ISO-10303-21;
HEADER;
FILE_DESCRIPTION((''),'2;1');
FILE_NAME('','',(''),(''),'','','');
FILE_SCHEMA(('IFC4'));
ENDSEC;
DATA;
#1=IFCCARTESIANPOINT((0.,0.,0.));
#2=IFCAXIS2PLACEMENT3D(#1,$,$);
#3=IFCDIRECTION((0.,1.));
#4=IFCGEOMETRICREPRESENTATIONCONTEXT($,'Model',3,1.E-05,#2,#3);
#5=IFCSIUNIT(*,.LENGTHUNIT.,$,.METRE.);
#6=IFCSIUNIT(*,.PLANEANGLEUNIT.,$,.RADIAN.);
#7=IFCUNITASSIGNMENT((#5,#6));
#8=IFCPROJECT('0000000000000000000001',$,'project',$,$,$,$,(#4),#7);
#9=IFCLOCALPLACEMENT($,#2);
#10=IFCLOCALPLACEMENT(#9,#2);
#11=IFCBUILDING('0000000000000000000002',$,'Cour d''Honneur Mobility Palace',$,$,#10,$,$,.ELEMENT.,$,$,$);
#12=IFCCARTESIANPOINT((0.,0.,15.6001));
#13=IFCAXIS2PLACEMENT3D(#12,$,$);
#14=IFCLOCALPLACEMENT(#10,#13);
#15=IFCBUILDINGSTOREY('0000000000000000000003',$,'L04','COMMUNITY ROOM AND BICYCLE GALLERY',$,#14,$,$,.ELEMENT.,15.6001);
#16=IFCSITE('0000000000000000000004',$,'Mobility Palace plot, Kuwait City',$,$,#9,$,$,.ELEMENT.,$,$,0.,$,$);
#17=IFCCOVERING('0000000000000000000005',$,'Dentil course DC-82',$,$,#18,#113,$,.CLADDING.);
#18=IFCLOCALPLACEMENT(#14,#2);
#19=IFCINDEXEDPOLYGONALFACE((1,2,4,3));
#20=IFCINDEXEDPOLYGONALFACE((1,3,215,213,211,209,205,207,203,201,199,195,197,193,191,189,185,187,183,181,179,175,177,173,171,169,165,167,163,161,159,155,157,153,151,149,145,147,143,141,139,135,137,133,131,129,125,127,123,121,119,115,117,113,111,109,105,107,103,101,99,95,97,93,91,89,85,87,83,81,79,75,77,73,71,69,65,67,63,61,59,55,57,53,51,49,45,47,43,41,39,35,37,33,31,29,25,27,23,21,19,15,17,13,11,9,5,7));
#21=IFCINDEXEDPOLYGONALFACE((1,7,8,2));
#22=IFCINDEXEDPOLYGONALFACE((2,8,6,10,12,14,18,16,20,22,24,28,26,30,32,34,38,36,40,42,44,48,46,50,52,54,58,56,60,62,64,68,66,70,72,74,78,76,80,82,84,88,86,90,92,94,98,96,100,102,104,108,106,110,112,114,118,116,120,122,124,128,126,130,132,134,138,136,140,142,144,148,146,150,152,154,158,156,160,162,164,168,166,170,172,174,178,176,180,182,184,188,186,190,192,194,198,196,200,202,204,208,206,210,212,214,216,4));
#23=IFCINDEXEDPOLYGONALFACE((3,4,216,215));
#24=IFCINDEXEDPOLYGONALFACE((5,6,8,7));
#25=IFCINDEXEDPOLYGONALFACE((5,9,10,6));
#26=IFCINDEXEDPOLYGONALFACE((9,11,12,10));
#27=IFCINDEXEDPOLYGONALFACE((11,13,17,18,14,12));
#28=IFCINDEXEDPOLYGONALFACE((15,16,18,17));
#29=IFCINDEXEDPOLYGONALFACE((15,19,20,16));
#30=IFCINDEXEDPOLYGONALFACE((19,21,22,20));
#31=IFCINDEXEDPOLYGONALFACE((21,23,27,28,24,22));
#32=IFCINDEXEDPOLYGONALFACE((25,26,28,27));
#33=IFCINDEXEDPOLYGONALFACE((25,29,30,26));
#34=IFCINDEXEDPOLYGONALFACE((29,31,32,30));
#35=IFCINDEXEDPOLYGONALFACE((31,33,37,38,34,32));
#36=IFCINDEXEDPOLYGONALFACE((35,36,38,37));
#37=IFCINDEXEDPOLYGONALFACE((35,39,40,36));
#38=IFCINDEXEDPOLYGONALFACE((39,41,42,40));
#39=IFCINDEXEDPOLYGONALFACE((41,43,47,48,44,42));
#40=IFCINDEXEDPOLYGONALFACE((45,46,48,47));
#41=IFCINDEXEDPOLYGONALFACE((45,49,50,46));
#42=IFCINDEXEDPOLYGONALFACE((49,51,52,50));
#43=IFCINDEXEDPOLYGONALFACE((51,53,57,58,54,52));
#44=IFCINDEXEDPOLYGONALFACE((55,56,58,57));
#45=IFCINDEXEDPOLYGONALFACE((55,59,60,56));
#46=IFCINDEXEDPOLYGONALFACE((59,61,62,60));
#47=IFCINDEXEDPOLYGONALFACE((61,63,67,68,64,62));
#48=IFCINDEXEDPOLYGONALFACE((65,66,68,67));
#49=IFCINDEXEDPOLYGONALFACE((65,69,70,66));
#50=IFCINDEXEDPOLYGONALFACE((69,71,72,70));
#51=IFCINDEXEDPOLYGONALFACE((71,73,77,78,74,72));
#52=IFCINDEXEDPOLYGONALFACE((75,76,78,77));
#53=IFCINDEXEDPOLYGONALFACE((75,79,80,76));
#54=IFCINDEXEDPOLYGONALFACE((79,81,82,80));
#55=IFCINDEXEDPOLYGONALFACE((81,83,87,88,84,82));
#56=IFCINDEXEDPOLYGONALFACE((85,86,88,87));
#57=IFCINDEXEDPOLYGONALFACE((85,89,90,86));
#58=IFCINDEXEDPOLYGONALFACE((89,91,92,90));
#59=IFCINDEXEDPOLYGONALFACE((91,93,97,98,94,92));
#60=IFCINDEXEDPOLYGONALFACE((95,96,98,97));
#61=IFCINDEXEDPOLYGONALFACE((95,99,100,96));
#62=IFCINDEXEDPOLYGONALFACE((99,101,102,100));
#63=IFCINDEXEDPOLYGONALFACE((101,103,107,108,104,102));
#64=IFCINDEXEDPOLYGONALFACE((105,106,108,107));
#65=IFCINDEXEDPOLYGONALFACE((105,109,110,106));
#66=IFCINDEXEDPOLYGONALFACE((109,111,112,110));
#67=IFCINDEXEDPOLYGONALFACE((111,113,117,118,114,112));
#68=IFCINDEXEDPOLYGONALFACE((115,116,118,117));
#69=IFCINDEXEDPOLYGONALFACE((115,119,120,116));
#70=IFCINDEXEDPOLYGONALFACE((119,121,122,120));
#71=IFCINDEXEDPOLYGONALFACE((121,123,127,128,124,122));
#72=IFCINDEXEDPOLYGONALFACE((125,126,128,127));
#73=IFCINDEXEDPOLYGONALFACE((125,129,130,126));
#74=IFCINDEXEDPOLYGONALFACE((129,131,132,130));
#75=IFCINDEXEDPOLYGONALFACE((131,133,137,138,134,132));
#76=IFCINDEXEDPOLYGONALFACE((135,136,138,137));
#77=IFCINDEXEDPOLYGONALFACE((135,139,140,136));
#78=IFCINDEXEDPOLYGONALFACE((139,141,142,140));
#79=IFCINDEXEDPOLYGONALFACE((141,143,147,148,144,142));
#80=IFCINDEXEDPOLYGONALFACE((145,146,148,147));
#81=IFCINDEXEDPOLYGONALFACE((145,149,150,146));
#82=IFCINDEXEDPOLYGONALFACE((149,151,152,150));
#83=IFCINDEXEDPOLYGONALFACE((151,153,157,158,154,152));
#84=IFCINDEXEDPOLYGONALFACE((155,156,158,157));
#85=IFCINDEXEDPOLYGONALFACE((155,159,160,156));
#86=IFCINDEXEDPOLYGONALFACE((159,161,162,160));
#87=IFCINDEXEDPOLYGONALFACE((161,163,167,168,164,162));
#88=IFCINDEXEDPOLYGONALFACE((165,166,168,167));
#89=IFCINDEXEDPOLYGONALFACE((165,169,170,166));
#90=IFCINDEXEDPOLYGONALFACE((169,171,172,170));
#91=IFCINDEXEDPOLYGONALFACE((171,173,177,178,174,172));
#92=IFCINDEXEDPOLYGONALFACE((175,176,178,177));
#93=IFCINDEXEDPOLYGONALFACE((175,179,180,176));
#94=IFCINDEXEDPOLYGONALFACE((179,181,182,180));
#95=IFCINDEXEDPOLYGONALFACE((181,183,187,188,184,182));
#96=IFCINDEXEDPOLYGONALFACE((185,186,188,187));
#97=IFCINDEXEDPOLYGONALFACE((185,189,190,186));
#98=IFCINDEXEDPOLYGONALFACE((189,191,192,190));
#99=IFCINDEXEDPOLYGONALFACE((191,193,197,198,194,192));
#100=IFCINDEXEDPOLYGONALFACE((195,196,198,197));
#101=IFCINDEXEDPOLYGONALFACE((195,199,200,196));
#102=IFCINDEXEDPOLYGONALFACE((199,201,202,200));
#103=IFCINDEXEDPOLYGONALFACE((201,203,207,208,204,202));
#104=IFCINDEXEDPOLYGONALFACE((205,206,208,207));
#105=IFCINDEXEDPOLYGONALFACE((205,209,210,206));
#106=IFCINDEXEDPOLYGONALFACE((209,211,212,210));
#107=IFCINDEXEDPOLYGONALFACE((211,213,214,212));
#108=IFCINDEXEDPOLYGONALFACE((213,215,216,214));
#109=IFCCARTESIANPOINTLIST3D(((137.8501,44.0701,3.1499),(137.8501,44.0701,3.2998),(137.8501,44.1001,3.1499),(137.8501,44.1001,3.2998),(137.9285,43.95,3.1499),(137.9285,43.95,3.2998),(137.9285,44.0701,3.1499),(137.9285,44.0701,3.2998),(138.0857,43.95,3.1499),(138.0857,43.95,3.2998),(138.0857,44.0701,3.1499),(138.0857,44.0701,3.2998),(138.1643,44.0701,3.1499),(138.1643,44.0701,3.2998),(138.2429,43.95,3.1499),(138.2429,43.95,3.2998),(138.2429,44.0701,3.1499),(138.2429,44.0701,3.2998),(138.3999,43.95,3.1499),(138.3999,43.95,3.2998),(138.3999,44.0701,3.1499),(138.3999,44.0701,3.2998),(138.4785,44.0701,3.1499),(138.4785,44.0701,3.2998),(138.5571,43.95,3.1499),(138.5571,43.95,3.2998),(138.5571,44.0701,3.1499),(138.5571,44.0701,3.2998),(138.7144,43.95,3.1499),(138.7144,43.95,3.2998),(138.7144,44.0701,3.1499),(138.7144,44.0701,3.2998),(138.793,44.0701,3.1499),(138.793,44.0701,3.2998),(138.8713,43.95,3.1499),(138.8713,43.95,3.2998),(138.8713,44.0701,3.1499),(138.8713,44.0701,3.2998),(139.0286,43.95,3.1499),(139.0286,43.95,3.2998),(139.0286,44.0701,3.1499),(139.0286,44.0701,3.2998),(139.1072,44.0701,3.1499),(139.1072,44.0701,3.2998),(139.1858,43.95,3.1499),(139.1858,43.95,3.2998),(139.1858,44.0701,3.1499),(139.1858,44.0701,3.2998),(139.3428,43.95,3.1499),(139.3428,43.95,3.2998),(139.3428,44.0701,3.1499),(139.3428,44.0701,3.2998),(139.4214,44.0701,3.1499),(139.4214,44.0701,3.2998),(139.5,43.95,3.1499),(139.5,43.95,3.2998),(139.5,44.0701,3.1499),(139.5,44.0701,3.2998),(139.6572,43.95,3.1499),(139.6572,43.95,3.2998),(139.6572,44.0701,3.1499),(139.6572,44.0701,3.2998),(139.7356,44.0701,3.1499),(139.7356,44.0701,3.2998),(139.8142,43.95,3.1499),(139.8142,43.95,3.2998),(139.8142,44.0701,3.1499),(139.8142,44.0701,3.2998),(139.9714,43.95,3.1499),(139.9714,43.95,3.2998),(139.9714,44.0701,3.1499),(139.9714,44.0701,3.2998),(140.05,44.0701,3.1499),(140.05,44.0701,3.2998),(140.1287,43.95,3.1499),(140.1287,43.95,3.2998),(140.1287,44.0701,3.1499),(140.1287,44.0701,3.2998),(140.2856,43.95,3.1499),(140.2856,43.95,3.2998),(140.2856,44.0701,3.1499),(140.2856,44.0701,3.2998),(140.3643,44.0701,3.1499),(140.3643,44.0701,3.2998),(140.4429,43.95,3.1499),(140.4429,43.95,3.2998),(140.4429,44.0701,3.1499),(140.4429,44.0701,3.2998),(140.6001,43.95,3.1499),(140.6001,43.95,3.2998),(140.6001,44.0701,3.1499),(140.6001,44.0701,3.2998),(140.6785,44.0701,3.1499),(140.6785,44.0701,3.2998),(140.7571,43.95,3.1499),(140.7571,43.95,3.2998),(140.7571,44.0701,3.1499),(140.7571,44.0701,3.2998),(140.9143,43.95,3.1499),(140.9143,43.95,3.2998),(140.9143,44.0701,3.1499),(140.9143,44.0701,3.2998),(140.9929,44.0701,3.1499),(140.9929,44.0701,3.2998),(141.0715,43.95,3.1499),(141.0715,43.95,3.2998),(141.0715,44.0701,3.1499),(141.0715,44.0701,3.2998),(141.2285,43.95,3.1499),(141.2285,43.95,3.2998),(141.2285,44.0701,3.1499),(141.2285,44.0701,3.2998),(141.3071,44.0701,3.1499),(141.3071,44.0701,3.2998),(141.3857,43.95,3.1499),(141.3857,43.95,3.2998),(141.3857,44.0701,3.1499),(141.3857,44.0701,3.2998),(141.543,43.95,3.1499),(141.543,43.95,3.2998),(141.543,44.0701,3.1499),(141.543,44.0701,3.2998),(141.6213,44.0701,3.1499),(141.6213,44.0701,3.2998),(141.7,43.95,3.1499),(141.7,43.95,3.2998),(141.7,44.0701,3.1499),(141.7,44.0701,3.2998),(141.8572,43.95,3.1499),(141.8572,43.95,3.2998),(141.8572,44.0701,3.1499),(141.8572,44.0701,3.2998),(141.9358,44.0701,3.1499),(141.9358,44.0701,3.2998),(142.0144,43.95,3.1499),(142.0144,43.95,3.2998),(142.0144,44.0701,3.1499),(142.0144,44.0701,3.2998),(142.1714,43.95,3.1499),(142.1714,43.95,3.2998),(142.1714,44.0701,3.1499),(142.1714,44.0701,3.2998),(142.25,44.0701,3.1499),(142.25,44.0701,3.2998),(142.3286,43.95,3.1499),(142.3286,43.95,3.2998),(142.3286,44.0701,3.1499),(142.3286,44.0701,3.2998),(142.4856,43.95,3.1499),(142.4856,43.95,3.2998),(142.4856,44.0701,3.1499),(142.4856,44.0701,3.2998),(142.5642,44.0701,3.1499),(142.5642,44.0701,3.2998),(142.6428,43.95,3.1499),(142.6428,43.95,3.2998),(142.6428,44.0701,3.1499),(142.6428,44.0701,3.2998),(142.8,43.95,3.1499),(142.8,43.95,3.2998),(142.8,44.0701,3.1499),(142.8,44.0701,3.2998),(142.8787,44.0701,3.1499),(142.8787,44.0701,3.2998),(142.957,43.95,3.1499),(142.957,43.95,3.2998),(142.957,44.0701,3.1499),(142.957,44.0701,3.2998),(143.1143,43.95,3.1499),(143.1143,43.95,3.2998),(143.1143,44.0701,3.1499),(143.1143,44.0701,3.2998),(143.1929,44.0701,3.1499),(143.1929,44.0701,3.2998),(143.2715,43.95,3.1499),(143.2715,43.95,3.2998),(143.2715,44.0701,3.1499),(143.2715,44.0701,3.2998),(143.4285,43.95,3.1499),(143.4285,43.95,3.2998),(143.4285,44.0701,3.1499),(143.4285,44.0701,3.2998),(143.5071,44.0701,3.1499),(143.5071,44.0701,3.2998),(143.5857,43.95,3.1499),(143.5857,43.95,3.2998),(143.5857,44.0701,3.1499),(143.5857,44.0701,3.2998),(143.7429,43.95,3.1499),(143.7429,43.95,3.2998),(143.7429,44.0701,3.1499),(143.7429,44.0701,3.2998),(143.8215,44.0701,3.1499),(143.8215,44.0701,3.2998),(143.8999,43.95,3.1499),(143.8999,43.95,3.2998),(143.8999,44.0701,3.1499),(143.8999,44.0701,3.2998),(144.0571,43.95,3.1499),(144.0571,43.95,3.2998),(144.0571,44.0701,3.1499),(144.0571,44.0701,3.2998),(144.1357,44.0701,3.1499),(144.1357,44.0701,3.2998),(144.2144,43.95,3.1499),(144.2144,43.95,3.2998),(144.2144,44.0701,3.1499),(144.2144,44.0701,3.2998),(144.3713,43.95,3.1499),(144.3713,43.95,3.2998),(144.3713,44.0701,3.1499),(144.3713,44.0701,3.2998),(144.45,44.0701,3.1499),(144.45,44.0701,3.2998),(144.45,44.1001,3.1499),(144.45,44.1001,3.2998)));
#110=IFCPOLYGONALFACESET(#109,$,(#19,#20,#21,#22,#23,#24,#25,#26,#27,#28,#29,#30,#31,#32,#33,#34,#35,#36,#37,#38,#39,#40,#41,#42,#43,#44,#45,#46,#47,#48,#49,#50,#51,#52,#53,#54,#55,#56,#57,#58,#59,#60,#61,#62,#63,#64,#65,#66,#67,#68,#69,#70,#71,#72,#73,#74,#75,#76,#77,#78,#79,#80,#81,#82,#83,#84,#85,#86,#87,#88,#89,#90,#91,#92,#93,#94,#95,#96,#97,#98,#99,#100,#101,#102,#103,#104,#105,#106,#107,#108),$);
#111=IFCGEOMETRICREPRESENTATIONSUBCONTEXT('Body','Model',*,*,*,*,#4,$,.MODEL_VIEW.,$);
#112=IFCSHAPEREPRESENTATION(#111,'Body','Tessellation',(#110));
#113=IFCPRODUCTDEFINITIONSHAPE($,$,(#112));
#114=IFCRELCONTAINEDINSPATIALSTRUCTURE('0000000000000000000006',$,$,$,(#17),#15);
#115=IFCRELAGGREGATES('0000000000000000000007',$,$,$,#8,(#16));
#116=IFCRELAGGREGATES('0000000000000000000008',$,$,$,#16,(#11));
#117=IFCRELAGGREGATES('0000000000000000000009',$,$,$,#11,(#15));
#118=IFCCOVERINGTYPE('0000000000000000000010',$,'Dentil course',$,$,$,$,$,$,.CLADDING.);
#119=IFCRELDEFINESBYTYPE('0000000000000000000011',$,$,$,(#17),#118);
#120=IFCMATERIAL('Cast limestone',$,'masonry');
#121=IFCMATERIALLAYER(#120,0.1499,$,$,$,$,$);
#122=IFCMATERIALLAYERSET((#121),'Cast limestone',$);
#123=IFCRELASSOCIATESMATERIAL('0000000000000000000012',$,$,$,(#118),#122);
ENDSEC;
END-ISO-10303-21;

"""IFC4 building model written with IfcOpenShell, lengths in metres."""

from ifc_helpers import new_model, si_unit, direction, frame, origin, place, context, subcontext, project, spatial, polyline, outline, extrude, material, layer, layer_set, type_object, element, save


model = new_model("IFC4")

# Units and contexts
model_context = context("Model", 3, precision=1e-05, world=origin(), true_north=direction((0.0, 1.0)))
body_context = subcontext(model_context, "Body", "Model", "MODEL_VIEW")
ifc_project = project(units=[si_unit("LENGTHUNIT", "METRE"), si_unit("PLANEANGLEUNIT", "RADIAN")], contexts=[model_context])

# Site, building, storey
site_placement = place(None, origin())
site = spatial("IfcSite", under=ifc_project, at=site_placement, Name="Mobility Palace plot, Kuwait City", CompositionType="ELEMENT", RefElevation=0.0)
building_placement = place(site_placement, origin())
building = spatial("IfcBuilding", under=site, at=building_placement, Name="Cour d'Honneur Mobility Palace", CompositionType="ELEMENT")
storey_placement = place(building_placement, frame((0.0, 0.0, 15.6001)))
storey = spatial("IfcBuildingStorey", under=building, at=storey_placement, Name="L04", Description="COMMUNITY ROOM AND BICYCLE GALLERY", CompositionType="ELEMENT", Elevation=15.6001)

# Covering
ifc_material_1 = material(Name="Cast limestone", Category="masonry")
ifc_layer_1 = layer(ifc_material_1, 0.1499)
ifc_layer_set_1 = layer_set([ifc_layer_1], Name="Cast limestone")
covering_type_1 = type_object("IfcCoveringType", Name="Dentil course", PredefinedType="CLADDING", material=ifc_layer_set_1)
covering_1_placement = place(storey_placement, frame((0.0, 0.0, 3.1499)))
element("IfcCovering", 1, at=covering_1_placement, inside=storey, type_object=covering_type_1, Name="Dentil course DC-82", PredefinedType="CLADDING", context=body_context, shape_type="SweptSolid", body=[
    extrude(outline(polyline([(137.8501, 44.1001), (144.45, 44.1001), (144.45, 44.0701), (144.45, 44.0701), (144.3713, 44.0701), (144.3713, 43.95), (144.2144, 43.95), (144.2144, 44.0701), (144.1357, 44.0701), (144.1357, 44.0701), (144.0571, 44.0701), (144.0571, 43.95), (143.8999, 43.95), (143.8999, 44.0701), (143.8215, 44.0701), (143.8215, 44.0701), (143.7429, 44.0701), (143.7429, 43.95), (143.5857, 43.95), (143.5857, 44.0701), (143.5071, 44.0701), (143.5071, 44.0701), (143.4285, 44.0701), (143.4285, 43.95), (143.2715, 43.95), (143.2715, 44.0701), (143.1929, 44.0701), (143.1929, 44.0701), (143.1143, 44.0701), (143.1143, 43.95), (142.957, 43.95), (142.957, 44.0701), (142.8787, 44.0701), (142.8787, 44.0701), (142.8, 44.0701), (142.8, 43.95), (142.6428, 43.95), (142.6428, 44.0701), (142.5642, 44.0701), (142.5642, 44.0701), (142.4856, 44.0701), (142.4856, 43.95), (142.3286, 43.95), (142.3286, 44.0701), (142.25, 44.0701), (142.25, 44.0701), (142.1714, 44.0701), (142.1714, 43.95), (142.0144, 43.95), (142.0144, 44.0701), (141.9358, 44.0701), (141.9358, 44.0701), (141.8572, 44.0701), (141.8572, 43.95), (141.7, 43.95), (141.7, 44.0701), (141.6213, 44.0701), (141.6213, 44.0701), (141.543, 44.0701), (141.543, 43.95), (141.3857, 43.95), (141.3857, 44.0701), (141.3071, 44.0701), (141.3071, 44.0701), (141.2285, 44.0701), (141.2285, 43.95), (141.0715, 43.95), (141.0715, 44.0701), (140.9929, 44.0701), (140.9929, 44.0701), (140.9143, 44.0701), (140.9143, 43.95), (140.7571, 43.95), (140.7571, 44.0701), (140.6785, 44.0701), (140.6785, 44.0701), (140.6001, 44.0701), (140.6001, 43.95), (140.4429, 43.95), (140.4429, 44.0701), (140.3643, 44.0701), (140.3643, 44.0701), (140.2856, 44.0701), (140.2856, 43.95), (140.1287, 43.95), (140.1287, 44.0701), (140.05, 44.0701), (140.05, 44.0701), (139.9714, 44.0701), (139.9714, 43.95), (139.8142, 43.95), (139.8142, 44.0701), (139.7356, 44.0701), (139.7356, 44.0701), (139.6572, 44.0701), (139.6572, 43.95), (139.5, 43.95), (139.5, 44.0701), (139.4214, 44.0701), (139.4214, 44.0701), (139.3428, 44.0701), (139.3428, 43.95), (139.1858, 43.95), (139.1858, 44.0701), (139.1072, 44.0701), (139.1072, 44.0701), (139.0286, 44.0701), (139.0286, 43.95), (138.8713, 43.95), (138.8713, 44.0701), (138.793, 44.0701), (138.793, 44.0701), (138.7144, 44.0701), (138.7144, 43.95), (138.5571, 43.95), (138.5571, 44.0701), (138.4785, 44.0701), (138.4785, 44.0701), (138.3999, 44.0701), (138.3999, 43.95), (138.2429, 43.95), (138.2429, 44.0701), (138.1643, 44.0701), (138.1643, 44.0701), (138.0857, 44.0701), (138.0857, 43.95), (137.9285, 43.95), (137.9285, 44.0701), (137.8501, 44.0701), (137.8501, 44.1001)])), origin(), (0.0, 0.0, 1.0), 0.1499),
])

save(model, "model.ifc")
